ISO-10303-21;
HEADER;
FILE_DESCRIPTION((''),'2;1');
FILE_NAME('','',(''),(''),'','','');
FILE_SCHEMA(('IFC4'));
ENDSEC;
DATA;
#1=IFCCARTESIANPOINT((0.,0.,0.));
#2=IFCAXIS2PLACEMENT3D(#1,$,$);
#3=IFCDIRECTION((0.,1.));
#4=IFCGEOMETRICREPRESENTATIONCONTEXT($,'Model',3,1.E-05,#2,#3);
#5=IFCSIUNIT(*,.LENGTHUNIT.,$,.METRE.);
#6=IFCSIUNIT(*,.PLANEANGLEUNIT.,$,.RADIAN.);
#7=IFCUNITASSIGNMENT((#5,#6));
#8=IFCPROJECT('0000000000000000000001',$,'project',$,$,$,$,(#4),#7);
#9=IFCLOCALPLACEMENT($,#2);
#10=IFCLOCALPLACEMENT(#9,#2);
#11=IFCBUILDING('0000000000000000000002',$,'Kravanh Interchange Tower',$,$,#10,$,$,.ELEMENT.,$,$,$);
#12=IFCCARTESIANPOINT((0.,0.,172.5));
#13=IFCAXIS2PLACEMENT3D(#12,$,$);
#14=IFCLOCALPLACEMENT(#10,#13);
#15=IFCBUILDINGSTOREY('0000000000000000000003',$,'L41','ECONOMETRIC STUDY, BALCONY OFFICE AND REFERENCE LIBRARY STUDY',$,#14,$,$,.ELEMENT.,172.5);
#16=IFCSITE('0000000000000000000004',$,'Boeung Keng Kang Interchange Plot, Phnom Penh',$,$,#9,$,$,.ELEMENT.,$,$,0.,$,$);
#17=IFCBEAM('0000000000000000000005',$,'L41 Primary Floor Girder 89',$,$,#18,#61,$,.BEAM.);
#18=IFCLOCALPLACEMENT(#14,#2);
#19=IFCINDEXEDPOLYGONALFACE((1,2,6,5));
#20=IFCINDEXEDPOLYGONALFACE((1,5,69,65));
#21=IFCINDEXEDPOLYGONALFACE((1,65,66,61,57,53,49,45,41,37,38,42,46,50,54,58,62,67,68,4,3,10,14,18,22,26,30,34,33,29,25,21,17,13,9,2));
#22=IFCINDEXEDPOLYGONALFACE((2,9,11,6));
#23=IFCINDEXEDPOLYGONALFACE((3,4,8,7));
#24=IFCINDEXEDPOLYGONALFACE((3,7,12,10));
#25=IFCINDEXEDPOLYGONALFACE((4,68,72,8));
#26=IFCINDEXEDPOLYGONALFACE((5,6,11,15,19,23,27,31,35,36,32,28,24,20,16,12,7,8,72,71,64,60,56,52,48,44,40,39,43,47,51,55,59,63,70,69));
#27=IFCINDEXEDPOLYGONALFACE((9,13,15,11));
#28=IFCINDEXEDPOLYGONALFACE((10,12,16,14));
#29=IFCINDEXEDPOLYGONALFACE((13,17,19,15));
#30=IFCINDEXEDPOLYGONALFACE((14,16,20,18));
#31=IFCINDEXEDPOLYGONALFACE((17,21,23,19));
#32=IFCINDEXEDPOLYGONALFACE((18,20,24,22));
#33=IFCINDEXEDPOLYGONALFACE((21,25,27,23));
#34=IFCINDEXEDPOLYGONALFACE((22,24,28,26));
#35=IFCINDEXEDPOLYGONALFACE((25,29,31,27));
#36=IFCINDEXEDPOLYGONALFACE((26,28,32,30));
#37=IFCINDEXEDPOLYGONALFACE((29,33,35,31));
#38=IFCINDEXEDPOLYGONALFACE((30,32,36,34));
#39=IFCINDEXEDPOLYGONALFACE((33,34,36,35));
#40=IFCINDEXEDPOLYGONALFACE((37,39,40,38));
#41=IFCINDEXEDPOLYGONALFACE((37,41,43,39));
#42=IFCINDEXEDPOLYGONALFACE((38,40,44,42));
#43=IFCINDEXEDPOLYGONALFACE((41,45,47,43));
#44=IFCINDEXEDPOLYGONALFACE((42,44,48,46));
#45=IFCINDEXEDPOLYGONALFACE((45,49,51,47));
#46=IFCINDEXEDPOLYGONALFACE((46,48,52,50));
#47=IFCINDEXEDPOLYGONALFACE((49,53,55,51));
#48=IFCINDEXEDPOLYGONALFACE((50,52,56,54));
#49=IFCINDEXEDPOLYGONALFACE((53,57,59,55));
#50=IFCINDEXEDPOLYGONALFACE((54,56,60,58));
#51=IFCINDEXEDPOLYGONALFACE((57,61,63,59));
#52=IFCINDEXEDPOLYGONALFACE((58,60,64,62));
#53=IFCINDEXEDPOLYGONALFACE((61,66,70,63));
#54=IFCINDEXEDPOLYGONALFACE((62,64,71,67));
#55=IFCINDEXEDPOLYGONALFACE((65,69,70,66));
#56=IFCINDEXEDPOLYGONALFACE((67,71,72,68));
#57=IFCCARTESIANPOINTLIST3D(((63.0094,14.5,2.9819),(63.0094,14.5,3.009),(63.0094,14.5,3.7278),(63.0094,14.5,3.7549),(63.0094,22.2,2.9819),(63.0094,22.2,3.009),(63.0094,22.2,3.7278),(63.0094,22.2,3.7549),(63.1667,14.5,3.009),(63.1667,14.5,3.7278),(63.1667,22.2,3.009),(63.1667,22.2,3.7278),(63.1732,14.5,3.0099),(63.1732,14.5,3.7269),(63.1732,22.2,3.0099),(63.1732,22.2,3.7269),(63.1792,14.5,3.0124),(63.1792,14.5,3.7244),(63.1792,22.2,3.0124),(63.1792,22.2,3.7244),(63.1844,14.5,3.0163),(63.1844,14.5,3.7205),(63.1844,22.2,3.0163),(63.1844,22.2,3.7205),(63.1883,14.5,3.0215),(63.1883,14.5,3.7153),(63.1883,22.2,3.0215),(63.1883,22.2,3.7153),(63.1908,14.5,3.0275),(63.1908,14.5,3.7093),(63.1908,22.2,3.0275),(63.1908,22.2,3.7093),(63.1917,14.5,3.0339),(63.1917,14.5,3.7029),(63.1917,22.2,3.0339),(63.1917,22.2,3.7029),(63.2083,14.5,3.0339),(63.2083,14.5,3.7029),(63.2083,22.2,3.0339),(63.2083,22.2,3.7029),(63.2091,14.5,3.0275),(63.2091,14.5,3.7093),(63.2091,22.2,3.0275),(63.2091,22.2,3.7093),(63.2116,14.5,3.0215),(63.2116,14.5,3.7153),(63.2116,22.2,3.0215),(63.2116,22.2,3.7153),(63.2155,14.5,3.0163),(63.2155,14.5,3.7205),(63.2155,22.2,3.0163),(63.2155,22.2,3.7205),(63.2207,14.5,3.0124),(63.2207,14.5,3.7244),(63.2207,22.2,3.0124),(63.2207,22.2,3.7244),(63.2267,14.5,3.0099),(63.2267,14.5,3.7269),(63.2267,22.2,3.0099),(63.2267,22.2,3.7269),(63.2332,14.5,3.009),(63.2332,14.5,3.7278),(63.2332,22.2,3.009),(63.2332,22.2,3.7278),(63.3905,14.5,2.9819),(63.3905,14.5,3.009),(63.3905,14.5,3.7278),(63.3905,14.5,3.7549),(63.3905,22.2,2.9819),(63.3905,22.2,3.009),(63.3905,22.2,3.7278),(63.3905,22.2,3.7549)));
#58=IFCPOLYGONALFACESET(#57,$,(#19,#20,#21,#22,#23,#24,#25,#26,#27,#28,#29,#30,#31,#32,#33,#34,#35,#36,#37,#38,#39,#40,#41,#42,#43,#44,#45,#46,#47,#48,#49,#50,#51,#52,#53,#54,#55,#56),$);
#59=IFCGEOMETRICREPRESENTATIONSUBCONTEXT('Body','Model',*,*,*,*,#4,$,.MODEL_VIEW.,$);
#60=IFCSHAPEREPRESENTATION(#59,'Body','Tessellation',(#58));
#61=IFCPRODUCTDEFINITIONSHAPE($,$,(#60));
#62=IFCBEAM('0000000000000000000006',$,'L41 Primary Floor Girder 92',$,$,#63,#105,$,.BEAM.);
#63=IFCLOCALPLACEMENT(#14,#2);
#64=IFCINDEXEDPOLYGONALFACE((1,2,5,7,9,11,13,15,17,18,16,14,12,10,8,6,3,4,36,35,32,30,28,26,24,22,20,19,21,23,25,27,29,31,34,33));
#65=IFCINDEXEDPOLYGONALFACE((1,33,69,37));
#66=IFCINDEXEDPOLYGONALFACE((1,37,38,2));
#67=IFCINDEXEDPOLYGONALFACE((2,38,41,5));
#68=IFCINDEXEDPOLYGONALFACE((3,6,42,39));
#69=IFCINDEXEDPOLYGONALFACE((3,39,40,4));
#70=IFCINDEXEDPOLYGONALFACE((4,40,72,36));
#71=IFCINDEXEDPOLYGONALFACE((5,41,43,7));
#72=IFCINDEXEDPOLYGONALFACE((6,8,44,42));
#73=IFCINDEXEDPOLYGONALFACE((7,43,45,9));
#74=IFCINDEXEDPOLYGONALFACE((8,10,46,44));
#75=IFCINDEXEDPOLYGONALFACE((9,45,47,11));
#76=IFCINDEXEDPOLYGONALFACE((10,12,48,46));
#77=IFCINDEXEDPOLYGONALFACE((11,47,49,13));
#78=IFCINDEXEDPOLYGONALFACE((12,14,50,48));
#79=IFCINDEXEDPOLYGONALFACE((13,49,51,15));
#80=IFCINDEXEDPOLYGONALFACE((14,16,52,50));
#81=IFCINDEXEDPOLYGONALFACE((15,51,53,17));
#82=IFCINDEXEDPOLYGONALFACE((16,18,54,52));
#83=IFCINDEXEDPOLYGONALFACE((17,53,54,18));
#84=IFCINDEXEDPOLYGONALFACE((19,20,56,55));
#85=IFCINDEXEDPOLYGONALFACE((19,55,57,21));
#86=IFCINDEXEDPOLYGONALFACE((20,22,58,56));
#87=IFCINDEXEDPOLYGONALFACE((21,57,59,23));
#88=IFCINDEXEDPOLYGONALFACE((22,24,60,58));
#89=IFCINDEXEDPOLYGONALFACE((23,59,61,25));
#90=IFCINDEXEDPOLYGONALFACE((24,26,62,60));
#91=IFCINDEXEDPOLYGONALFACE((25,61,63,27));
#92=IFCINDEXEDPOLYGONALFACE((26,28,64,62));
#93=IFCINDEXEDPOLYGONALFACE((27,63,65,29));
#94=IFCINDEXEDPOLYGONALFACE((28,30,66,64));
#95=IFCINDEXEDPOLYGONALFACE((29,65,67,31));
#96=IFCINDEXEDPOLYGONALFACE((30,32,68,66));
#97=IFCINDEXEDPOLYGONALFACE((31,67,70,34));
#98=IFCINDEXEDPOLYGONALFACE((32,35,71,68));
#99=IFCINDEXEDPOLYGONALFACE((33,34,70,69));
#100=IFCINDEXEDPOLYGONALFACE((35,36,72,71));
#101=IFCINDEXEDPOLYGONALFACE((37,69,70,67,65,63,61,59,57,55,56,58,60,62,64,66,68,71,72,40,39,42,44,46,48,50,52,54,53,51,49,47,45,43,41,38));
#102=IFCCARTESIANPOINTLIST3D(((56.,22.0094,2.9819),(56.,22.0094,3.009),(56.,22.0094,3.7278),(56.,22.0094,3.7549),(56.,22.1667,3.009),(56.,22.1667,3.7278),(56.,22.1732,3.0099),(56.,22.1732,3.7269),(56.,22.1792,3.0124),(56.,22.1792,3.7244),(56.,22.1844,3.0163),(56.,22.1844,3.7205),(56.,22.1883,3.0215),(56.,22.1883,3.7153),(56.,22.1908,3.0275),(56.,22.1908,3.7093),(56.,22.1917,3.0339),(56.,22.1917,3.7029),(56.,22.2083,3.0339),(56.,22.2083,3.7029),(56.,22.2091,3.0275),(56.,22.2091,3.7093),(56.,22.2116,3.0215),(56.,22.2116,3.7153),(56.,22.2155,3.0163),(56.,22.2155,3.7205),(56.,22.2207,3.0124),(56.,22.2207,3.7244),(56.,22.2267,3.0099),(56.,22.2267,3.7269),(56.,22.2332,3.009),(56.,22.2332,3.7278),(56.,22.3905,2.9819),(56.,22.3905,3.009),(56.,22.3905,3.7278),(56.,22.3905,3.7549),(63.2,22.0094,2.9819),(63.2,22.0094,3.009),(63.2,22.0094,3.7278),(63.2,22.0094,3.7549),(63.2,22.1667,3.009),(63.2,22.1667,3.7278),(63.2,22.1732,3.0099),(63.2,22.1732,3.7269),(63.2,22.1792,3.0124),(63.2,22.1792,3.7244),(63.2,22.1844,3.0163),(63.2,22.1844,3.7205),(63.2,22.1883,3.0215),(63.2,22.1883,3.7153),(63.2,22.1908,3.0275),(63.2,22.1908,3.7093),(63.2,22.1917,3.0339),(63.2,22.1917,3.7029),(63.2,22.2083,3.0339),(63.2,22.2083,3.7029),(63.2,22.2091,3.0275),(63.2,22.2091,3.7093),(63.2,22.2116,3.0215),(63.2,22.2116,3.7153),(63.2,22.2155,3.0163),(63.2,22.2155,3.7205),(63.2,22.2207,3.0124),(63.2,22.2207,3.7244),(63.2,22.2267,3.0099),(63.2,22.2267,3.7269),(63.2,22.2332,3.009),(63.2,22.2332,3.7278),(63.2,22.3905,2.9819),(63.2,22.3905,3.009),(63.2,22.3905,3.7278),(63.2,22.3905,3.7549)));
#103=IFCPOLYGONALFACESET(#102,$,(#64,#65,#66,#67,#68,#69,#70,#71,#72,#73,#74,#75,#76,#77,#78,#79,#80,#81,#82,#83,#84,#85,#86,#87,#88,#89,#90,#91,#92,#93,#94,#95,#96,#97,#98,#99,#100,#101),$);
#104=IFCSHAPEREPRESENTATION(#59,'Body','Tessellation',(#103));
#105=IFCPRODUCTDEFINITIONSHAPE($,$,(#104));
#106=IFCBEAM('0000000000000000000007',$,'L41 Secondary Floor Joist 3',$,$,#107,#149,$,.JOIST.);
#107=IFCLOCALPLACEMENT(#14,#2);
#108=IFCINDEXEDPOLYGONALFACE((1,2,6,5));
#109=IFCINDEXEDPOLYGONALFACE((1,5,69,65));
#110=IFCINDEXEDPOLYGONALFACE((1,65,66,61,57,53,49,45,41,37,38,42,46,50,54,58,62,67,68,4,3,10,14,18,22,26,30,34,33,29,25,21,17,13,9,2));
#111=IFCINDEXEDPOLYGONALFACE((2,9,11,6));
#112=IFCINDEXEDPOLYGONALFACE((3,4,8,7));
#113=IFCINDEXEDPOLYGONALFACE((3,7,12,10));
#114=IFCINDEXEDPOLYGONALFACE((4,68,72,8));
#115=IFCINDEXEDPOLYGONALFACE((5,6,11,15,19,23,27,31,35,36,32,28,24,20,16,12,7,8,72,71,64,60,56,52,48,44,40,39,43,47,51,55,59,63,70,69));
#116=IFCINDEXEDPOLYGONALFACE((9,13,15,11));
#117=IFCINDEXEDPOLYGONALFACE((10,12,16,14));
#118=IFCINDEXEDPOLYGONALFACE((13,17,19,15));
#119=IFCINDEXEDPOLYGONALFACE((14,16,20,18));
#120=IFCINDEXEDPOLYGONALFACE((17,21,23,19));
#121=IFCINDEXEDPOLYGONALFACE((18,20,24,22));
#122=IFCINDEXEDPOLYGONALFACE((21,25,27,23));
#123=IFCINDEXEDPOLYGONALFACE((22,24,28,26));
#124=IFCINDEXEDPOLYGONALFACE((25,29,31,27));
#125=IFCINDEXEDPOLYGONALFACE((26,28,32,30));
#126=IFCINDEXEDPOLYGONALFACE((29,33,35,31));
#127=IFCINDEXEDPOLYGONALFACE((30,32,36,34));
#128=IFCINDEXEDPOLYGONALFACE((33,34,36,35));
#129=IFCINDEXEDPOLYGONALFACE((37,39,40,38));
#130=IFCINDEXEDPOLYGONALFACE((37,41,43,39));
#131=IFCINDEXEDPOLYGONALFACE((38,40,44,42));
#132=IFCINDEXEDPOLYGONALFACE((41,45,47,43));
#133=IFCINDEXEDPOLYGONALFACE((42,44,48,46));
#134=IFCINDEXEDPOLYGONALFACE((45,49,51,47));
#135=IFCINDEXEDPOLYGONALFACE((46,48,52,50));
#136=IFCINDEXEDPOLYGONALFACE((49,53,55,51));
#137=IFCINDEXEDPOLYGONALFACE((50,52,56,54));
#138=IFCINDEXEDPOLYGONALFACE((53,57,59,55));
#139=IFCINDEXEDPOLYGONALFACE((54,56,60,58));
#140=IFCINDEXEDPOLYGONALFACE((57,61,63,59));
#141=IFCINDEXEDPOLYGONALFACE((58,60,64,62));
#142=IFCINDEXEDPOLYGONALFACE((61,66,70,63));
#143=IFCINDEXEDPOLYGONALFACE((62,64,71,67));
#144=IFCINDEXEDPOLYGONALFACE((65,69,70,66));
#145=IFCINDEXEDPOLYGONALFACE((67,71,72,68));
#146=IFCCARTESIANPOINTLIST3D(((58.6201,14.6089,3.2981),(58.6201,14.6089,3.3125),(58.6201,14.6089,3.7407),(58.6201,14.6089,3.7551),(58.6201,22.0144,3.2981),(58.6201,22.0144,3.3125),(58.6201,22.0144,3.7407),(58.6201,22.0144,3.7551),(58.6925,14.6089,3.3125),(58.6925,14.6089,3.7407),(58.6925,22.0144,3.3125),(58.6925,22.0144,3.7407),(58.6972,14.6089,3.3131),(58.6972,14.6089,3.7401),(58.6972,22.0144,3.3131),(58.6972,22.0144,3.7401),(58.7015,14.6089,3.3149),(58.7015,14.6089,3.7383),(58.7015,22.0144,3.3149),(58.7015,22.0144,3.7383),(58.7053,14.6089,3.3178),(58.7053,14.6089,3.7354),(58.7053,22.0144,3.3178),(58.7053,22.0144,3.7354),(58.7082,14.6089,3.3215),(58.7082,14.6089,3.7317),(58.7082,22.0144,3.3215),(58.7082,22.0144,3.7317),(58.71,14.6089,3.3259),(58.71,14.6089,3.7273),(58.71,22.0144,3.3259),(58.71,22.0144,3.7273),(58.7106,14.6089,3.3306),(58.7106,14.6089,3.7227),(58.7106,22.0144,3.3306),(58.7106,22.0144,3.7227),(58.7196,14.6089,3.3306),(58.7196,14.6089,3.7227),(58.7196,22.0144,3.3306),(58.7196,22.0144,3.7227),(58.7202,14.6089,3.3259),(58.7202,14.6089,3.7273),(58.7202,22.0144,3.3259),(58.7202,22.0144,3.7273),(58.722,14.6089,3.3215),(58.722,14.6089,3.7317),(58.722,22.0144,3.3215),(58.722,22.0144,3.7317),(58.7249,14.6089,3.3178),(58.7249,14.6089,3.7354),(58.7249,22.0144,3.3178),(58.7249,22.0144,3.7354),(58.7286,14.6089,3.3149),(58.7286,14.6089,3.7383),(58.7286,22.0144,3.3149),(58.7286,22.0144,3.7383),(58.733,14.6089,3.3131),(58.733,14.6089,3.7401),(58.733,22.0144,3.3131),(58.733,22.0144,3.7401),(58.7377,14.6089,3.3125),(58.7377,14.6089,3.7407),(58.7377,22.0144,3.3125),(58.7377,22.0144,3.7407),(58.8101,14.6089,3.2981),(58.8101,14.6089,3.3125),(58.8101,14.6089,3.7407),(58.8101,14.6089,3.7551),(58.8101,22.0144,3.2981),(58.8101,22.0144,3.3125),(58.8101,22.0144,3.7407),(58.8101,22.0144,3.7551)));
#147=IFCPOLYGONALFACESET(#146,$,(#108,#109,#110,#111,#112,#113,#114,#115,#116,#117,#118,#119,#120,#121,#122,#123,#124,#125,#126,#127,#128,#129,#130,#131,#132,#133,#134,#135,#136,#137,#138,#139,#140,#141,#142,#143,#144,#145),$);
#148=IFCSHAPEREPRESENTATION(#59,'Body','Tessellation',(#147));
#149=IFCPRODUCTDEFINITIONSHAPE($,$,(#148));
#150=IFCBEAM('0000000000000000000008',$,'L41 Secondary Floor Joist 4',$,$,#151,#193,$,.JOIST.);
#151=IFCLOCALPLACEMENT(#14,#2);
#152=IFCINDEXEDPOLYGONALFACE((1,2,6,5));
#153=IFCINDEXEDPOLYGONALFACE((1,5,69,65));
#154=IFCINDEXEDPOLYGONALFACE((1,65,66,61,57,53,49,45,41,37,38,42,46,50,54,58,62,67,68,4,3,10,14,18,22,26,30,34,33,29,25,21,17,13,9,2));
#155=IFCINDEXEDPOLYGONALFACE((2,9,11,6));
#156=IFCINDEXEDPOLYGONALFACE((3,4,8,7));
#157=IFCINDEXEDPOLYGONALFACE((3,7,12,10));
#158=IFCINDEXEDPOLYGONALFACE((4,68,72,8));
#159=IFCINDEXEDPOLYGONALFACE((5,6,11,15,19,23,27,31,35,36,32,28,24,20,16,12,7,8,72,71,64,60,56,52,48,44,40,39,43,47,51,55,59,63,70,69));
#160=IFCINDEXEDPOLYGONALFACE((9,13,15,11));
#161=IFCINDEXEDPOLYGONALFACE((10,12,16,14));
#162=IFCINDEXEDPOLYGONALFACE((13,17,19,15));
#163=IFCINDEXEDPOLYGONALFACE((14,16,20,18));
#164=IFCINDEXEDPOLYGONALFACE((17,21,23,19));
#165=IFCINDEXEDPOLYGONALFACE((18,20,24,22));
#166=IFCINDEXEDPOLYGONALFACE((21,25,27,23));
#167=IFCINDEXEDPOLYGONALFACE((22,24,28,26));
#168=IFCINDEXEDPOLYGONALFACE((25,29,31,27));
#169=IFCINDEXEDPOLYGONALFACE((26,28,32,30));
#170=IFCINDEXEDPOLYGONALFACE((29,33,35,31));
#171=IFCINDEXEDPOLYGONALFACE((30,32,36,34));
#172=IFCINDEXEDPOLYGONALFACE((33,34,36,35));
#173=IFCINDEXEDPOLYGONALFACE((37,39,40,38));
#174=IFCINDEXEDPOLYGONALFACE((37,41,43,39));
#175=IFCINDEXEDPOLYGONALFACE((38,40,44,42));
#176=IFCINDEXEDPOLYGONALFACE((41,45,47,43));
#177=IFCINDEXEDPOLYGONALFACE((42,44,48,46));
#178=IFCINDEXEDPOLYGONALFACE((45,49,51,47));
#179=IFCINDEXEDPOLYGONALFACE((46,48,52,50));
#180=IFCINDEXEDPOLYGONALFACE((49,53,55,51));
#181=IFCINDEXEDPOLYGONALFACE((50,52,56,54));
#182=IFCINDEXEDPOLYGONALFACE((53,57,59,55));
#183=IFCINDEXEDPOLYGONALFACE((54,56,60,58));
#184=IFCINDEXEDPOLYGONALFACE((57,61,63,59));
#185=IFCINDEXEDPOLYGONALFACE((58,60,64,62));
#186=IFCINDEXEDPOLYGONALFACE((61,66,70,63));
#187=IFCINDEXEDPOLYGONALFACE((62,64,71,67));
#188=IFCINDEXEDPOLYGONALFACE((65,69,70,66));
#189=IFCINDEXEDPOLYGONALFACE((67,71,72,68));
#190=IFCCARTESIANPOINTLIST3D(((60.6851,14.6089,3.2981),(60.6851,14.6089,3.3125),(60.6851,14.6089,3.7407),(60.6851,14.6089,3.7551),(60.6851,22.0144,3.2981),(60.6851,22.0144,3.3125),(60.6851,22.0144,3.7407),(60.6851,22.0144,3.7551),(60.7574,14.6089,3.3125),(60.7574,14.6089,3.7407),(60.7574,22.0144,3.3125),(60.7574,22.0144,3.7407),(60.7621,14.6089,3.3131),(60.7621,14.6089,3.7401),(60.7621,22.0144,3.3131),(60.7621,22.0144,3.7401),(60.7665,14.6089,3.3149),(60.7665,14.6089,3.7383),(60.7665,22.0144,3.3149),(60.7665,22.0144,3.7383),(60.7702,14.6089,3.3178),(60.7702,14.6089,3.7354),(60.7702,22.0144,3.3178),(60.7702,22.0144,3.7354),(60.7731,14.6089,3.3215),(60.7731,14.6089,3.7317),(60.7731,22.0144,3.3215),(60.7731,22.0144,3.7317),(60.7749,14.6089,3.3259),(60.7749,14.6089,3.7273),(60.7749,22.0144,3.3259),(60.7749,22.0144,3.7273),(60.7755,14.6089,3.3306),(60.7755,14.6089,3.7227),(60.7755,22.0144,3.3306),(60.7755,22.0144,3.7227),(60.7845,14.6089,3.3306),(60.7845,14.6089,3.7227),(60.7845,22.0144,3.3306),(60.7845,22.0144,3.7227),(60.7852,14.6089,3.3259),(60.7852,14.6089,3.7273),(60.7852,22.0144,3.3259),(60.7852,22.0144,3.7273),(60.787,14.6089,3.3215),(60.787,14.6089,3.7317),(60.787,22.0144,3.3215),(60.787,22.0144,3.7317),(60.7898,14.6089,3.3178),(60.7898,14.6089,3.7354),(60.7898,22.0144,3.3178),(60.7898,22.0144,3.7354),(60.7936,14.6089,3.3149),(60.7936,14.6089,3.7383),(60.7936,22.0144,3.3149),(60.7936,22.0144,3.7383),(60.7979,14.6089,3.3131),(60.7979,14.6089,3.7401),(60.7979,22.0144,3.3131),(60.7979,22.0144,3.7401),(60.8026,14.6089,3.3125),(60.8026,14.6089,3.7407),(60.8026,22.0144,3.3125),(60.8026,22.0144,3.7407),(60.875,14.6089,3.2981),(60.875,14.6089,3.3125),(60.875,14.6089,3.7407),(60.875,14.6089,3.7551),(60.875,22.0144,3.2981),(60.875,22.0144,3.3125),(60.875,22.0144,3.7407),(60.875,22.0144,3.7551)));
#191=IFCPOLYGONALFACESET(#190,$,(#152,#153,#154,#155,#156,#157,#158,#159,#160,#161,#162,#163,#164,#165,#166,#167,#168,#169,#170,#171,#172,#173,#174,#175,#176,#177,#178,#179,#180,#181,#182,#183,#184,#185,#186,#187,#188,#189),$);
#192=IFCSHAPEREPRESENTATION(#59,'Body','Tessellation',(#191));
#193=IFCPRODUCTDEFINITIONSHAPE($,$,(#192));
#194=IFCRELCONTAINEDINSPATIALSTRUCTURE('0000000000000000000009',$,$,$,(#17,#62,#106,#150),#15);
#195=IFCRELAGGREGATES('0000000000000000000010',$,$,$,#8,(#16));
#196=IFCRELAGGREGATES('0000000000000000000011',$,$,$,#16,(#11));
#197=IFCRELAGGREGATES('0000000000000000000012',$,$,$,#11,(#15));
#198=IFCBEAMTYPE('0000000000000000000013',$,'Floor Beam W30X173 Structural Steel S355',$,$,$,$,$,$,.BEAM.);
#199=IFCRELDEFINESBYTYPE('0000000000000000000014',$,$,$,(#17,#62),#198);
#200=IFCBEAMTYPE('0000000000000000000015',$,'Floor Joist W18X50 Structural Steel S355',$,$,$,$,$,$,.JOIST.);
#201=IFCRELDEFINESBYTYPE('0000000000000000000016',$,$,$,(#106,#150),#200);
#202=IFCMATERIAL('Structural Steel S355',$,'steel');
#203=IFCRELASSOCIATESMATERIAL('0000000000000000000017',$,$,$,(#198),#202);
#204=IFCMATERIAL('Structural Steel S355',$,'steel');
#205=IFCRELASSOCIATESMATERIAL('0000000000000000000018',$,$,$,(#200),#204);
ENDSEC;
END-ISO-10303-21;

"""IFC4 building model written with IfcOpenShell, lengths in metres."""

from ifc_helpers import new_model, si_unit, direction, frame, origin, origin_2d, place, context, subcontext, project, spatial, i_section, extrude, material, material_profile, profile_set, type_object, element, save


model = new_model("IFC4")

# Units and contexts
model_context = context("Model", 3, precision=1e-05, world=origin(), true_north=direction((0.0, 1.0)))
body_context = subcontext(model_context, "Body", "Model", "MODEL_VIEW")
ifc_project = project(units=[si_unit("LENGTHUNIT", "METRE"), si_unit("PLANEANGLEUNIT", "RADIAN")], contexts=[model_context])

# Site, building, storey
site_placement = place(None, origin())
site = spatial("IfcSite", under=ifc_project, at=site_placement, Name="Boeung Keng Kang Interchange Plot, Phnom Penh", CompositionType="ELEMENT", RefElevation=0.0)
building_placement = place(site_placement, origin())
building = spatial("IfcBuilding", under=site, at=building_placement, Name="Kravanh Interchange Tower", CompositionType="ELEMENT")
storey_placement = place(building_placement, frame((0.0, 0.0, 172.5)))
storey = spatial("IfcBuildingStorey", under=building, at=storey_placement, Name="L41", Description="ECONOMETRIC STUDY, BALCONY OFFICE AND REFERENCE LIBRARY STUDY", CompositionType="ELEMENT", Elevation=172.5)

# Beams
ifc_material_1 = material(Name="Structural Steel S355", Category="steel")
ifc_material_profile_1 = material_profile(ifc_material_1, i_section(OverallWidth=0.3811, OverallDepth=0.7729, WebThickness=0.0166, FlangeThickness=0.0271, FilletRadius=0.0249, at=origin_2d()), Name="W30X173")
ifc_profile_set_1 = profile_set([ifc_material_profile_1], Name="Structural Steel S355")
beam_type_1 = type_object("IfcBeamType", Name="Floor Beam W30X173 Structural Steel S355", PredefinedType="BEAM", material=ifc_profile_set_1)
beam_1_placement = place(storey_placement, frame((63.2, 14.5, 3.3684), z_axis=(0.0, 1.0, 0.0), x_axis=(-1.0, 0.0, 0.0)))
element("IfcBeam", 1, at=beam_1_placement, inside=storey, type_object=beam_type_1, Name="L41 Primary Floor Girder 89", PredefinedType="BEAM", context=body_context, shape_type="SweptSolid", body=[
    extrude(i_section(OverallWidth=0.3811, OverallDepth=0.7729, WebThickness=0.0166, FlangeThickness=0.0271, FilletRadius=0.0249, at=origin_2d()), origin(), (0.0, 0.0, 1.0), 7.7),
])
beam_2_placement = place(storey_placement, frame((56.0, 22.2, 3.3684), z_axis=(1.0, 0.0, 0.0), x_axis=(0.0, 1.0, 0.0)))
element("IfcBeam", 2, at=beam_2_placement, inside=storey, type_object=beam_type_1, Name="L41 Primary Floor Girder 92", PredefinedType="BEAM", context=body_context, shape_type="SweptSolid", body=[
    extrude(i_section(OverallWidth=0.3811, OverallDepth=0.7729, WebThickness=0.0166, FlangeThickness=0.0271, FilletRadius=0.0249, at=origin_2d()), origin(), (0.0, 0.0, 1.0), 7.2),
])
ifc_material_2 = material(Name="Structural Steel S355", Category="steel")
ifc_material_profile_2 = material_profile(ifc_material_2, i_section(OverallWidth=0.1899, OverallDepth=0.457, WebThickness=0.009, FlangeThickness=0.0144, FilletRadius=0.0181, at=origin_2d()), Name="W18X50")
ifc_profile_set_2 = profile_set([ifc_material_profile_2], Name="Structural Steel S355")
beam_type_2 = type_object("IfcBeamType", Name="Floor Joist W18X50 Structural Steel S355", PredefinedType="JOIST", material=ifc_profile_set_2)
for number, where, z_axis, x_axis, name in (
    (3, (58.7151, 14.6089, 3.5266), (0.0, 1.0, 0.0), (-1.0, 0.0, 0.0), "L41 Secondary Floor Joist 3"),
    (4, (60.78, 14.6089, 3.5266), (0.0, 1.0, 0.0), (-1.0, 0.0, 0.0), "L41 Secondary Floor Joist 4"),
):
    element("IfcBeam", number, at=place(storey_placement, frame(where, z_axis=z_axis, x_axis=x_axis)), inside=storey, type_object=beam_type_2, Name=name, PredefinedType="JOIST", context=body_context, shape_type="SweptSolid", body=[
        extrude(i_section(OverallWidth=0.1899, OverallDepth=0.457, WebThickness=0.009, FlangeThickness=0.0144, FilletRadius=0.0181, at=origin_2d()), origin(), (0.0, 0.0, 1.0), 7.4055),
    ])

save(model, "model.ifc")
